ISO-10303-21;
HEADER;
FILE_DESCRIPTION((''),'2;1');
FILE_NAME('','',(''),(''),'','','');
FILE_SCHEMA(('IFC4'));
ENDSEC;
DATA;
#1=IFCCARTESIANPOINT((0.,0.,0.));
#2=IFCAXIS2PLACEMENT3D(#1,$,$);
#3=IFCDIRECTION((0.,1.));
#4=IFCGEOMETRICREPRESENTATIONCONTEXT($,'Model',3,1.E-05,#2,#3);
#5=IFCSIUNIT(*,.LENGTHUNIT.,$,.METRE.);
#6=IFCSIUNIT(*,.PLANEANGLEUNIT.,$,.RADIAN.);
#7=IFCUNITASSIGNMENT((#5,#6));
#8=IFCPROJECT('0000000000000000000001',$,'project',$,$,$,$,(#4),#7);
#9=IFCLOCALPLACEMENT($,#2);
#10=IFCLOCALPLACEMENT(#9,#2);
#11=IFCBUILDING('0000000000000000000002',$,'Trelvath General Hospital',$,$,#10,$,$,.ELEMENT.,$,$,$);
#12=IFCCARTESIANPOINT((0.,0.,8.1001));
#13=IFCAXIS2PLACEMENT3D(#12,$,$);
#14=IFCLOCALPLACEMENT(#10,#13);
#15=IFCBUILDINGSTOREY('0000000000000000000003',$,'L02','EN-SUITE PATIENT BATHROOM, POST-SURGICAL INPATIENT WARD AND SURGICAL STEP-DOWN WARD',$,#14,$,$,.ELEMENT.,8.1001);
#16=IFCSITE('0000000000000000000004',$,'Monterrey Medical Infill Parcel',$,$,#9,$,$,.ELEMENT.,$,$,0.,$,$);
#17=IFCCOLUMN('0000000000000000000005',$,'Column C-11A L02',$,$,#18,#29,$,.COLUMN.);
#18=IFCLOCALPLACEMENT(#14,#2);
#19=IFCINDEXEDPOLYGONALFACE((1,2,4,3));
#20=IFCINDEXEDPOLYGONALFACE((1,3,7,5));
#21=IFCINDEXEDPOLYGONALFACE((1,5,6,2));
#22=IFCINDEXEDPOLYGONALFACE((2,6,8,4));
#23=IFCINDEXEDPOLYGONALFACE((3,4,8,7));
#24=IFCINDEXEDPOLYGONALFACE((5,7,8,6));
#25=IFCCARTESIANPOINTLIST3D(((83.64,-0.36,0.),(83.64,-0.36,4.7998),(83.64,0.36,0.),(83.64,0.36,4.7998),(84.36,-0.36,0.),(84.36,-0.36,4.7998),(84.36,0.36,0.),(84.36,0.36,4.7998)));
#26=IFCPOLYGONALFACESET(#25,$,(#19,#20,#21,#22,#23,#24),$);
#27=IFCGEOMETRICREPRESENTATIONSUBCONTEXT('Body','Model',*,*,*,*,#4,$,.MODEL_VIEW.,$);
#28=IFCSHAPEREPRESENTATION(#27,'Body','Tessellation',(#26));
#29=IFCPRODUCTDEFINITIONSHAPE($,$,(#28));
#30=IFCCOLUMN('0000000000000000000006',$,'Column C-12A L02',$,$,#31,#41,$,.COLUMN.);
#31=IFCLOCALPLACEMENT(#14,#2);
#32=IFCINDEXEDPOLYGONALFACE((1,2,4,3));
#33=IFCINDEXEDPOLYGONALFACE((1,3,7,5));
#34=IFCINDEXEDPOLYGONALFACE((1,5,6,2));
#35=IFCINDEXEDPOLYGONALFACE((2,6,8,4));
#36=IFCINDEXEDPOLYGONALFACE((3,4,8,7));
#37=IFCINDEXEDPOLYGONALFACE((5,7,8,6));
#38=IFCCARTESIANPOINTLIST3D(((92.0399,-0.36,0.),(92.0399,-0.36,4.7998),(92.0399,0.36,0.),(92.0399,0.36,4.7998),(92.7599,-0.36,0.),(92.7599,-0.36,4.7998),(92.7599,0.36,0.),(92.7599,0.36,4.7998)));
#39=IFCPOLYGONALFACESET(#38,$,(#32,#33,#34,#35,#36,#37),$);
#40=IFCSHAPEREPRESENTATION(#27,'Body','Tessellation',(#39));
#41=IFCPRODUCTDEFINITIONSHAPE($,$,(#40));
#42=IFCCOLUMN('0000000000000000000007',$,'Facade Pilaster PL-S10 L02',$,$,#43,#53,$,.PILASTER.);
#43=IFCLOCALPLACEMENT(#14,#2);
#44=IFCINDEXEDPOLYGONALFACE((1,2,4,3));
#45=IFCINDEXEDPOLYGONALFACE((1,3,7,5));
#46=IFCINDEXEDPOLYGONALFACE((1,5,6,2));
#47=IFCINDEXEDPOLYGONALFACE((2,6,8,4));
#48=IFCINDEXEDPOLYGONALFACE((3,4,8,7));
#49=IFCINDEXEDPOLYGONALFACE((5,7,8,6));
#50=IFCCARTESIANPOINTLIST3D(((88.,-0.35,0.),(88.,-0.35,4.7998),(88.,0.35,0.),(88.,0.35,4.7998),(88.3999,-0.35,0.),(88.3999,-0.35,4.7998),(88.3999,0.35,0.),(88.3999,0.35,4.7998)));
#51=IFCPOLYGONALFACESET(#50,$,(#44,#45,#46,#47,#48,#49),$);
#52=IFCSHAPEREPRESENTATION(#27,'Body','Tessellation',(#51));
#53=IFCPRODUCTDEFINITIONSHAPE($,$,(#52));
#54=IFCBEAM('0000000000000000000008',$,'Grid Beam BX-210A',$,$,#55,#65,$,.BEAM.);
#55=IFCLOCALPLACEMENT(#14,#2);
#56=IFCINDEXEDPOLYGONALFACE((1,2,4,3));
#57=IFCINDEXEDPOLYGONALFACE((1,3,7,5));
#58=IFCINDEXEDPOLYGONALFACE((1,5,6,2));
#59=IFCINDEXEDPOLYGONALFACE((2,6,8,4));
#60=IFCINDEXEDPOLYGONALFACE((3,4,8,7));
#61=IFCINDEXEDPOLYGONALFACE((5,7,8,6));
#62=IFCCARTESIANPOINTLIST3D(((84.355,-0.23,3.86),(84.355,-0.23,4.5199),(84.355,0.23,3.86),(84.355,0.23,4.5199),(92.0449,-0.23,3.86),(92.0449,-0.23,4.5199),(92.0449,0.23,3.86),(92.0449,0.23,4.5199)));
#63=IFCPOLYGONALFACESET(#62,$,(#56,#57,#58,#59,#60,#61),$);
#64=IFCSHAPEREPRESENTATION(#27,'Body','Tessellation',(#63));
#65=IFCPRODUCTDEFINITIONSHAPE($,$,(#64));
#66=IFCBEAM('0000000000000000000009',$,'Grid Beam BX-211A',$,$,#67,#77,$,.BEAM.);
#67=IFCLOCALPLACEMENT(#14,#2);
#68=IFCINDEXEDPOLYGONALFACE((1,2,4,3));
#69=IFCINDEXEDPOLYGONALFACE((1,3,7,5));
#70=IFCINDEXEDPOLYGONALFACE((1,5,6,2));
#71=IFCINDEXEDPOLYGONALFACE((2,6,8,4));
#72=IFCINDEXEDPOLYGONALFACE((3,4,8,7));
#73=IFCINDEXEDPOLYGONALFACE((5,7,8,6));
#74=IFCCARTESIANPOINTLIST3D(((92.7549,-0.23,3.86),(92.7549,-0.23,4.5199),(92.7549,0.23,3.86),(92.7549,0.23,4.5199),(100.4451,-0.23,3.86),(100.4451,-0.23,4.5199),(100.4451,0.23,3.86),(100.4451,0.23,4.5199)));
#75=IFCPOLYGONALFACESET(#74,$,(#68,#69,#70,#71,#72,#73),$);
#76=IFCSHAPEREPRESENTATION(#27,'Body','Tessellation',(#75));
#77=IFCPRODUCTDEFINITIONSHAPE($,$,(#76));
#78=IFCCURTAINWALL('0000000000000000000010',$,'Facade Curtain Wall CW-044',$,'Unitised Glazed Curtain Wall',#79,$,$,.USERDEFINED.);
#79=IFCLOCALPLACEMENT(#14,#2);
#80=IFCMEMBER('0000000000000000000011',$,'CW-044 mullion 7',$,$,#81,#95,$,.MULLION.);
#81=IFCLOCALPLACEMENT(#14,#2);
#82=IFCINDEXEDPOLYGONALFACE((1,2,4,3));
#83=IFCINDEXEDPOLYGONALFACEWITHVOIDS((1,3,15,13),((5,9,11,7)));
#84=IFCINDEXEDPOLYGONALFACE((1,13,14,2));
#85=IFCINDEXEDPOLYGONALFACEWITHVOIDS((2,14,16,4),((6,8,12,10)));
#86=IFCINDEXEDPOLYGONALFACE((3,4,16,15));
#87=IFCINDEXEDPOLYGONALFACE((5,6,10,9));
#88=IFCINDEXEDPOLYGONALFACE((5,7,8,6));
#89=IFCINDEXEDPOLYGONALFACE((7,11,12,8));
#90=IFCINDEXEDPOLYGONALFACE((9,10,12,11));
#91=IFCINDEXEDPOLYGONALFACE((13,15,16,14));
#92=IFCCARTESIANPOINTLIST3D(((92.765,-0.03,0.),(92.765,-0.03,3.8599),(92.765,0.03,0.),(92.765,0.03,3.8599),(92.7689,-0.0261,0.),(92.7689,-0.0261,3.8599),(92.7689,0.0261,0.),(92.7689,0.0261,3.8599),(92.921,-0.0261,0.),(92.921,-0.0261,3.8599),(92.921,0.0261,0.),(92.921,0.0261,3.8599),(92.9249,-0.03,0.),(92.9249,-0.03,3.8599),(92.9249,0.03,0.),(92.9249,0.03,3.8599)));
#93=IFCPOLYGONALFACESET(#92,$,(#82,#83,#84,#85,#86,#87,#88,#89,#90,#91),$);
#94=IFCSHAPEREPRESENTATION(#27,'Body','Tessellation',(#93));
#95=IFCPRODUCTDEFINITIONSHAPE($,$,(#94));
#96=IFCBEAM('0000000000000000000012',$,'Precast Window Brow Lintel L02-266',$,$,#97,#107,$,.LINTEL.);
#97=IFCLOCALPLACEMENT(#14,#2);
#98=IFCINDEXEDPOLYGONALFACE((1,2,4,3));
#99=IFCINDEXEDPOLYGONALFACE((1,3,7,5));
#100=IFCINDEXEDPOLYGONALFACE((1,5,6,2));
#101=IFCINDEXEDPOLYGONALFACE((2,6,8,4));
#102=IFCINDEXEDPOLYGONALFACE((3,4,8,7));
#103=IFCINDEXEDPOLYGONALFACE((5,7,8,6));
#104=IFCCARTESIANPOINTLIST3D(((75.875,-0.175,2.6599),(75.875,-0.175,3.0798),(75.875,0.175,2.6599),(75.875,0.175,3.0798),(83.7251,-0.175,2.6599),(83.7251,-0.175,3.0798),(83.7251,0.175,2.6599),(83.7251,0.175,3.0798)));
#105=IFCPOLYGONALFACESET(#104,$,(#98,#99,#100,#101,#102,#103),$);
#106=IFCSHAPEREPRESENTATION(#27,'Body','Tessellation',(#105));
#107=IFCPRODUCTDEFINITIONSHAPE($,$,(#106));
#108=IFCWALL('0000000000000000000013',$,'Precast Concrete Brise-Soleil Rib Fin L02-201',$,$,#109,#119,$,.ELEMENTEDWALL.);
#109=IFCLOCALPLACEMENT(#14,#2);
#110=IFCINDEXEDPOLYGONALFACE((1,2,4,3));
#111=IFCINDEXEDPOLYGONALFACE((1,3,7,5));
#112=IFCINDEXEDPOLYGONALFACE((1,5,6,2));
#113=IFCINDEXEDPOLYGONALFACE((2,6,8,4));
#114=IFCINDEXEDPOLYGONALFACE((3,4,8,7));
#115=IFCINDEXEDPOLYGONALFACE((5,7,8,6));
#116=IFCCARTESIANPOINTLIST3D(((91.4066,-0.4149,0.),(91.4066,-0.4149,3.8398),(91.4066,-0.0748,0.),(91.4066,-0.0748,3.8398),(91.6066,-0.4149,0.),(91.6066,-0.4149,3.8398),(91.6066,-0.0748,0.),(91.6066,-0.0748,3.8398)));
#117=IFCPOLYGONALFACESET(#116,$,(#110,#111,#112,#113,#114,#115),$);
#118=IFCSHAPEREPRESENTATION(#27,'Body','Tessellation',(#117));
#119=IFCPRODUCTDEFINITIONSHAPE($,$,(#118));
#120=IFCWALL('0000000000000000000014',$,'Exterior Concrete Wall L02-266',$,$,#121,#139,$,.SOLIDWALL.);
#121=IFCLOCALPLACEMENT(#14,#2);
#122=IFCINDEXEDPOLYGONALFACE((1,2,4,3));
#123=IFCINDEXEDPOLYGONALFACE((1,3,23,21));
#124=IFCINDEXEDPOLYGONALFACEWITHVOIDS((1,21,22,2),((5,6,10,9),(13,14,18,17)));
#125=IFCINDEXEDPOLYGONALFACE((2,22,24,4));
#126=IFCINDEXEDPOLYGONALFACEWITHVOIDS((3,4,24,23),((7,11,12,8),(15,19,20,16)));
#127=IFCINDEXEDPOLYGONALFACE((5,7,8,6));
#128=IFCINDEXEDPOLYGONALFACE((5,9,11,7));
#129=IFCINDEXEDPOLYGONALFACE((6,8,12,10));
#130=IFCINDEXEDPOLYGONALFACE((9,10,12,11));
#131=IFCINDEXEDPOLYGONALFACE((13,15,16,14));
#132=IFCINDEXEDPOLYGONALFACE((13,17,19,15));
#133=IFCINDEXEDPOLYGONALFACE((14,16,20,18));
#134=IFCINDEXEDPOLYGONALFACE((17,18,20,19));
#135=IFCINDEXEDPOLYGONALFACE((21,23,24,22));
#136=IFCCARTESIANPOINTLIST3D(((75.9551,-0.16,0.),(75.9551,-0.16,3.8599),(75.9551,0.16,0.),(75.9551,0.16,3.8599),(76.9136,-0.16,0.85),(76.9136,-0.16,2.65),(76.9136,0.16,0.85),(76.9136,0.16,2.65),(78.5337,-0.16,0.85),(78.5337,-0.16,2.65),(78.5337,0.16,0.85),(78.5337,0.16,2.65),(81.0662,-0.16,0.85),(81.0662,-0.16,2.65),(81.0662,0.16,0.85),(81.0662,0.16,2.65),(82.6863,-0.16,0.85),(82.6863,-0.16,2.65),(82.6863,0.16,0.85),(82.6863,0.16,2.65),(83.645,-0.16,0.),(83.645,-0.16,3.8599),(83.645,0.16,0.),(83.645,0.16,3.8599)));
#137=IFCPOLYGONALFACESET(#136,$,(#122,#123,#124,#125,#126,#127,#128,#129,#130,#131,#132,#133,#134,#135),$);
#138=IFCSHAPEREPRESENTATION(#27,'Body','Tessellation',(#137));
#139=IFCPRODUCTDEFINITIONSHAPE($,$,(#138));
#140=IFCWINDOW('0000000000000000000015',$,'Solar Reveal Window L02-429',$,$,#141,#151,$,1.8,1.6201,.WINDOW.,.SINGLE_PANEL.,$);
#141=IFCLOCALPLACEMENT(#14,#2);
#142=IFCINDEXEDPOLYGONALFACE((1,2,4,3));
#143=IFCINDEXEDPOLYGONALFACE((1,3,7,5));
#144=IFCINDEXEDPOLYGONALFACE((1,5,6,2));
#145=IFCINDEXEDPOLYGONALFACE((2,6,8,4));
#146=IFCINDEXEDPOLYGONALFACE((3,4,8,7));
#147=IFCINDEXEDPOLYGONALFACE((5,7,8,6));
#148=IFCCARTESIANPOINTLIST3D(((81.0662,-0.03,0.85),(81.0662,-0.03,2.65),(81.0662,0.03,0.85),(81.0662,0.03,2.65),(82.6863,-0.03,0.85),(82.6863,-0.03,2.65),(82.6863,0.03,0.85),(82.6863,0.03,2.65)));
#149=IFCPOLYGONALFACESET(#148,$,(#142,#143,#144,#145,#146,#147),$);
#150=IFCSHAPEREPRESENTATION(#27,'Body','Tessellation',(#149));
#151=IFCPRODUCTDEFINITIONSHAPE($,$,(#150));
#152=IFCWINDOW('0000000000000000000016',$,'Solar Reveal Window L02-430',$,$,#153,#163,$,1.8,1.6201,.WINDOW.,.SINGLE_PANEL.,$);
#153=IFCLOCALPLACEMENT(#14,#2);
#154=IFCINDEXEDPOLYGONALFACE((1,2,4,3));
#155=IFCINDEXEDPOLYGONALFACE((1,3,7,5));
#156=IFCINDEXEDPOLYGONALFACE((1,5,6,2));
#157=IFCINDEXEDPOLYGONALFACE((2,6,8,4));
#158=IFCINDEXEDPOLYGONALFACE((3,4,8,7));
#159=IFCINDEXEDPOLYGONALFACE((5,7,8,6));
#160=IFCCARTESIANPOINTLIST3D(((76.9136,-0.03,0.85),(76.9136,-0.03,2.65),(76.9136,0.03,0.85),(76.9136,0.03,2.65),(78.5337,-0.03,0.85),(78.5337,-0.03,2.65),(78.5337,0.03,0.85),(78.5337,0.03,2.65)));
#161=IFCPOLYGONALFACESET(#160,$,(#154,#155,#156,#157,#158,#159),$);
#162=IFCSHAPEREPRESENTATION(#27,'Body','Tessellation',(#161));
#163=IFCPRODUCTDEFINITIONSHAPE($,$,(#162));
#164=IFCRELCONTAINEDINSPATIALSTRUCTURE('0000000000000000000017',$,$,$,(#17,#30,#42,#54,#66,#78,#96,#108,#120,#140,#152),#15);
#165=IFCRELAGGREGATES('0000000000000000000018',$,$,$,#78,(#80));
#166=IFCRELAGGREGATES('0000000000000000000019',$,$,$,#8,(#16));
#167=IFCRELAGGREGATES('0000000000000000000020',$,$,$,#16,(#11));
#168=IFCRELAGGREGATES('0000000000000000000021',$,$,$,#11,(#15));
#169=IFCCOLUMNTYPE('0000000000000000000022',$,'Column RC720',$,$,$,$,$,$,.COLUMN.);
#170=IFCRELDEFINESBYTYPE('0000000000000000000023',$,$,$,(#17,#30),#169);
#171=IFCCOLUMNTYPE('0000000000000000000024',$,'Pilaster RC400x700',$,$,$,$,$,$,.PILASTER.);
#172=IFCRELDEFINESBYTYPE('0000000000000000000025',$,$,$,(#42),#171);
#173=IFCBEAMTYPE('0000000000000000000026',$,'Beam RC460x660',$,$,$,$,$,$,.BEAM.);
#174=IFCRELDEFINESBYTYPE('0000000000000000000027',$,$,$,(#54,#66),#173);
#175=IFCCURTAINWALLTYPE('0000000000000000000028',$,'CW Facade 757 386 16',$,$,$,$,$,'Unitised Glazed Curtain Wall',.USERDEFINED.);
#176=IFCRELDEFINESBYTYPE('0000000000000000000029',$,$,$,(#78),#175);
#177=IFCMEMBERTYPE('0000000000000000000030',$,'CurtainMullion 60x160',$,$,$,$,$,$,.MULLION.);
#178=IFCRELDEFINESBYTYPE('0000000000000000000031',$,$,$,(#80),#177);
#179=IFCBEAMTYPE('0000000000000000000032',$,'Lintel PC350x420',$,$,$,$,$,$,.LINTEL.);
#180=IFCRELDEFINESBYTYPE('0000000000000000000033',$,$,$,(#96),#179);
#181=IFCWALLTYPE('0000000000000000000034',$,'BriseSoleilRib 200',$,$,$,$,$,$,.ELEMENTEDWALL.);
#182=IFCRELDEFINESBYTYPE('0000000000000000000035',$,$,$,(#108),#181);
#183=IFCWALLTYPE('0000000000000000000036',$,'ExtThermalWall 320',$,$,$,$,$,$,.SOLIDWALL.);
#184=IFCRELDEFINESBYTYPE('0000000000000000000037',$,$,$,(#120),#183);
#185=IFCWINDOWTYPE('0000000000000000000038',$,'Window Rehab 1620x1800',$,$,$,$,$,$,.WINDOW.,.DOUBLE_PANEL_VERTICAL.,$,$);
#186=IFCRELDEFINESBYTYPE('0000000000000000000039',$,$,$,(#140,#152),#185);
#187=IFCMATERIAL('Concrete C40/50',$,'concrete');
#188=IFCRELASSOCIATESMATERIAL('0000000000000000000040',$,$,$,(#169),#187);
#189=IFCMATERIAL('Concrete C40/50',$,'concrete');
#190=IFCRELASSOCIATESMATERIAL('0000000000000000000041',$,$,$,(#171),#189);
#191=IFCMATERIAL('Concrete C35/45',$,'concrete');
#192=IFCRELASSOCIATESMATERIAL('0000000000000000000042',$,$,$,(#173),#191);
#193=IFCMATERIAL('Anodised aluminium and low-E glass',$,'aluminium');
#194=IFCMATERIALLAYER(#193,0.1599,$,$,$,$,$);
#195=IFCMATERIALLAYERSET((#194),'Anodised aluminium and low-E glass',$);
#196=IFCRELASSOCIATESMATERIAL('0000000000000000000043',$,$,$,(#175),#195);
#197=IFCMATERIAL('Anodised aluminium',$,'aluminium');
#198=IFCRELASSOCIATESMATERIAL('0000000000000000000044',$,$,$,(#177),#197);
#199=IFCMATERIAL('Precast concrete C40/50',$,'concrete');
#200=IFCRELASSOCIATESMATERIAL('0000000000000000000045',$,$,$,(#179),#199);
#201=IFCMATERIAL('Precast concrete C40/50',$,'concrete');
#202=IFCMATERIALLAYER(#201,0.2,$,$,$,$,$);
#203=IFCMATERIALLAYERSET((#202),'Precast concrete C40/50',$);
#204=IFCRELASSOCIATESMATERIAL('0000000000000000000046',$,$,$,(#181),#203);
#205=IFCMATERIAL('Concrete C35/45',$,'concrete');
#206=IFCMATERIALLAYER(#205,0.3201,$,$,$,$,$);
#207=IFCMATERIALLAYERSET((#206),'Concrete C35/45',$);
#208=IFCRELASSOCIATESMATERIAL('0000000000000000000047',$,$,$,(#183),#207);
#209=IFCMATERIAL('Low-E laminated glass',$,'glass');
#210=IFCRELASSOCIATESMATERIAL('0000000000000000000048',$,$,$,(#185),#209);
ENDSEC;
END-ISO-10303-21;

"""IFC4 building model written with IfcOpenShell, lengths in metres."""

from ifc_helpers import new_model, si_unit, direction, frame, frame_2d, origin, origin_2d, place, context, subcontext, project, spatial, rectangle, hollow_rectangle, extrude, material, layer, layer_set, material_profile, profile_set, type_object, element, fill, aggregate, save


model = new_model("IFC4")

# Units and contexts
model_context = context("Model", 3, precision=1e-05, world=origin(), true_north=direction((0.0, 1.0)))
body_context = subcontext(model_context, "Body", "Model", "MODEL_VIEW")
ifc_project = project(units=[si_unit("LENGTHUNIT", "METRE"), si_unit("PLANEANGLEUNIT", "RADIAN")], contexts=[model_context])

# Site, building, storey
site_placement = place(None, origin())
site = spatial("IfcSite", under=ifc_project, at=site_placement, Name="Monterrey Medical Infill Parcel", CompositionType="ELEMENT", RefElevation=0.0)
building_placement = place(site_placement, origin())
building = spatial("IfcBuilding", under=site, at=building_placement, Name="Trelvath General Hospital", CompositionType="ELEMENT")
storey_placement = place(building_placement, frame((0.0, 0.0, 8.1001)))
storey = spatial("IfcBuildingStorey", under=building, at=storey_placement, Name="L02", Description="EN-SUITE PATIENT BATHROOM, POST-SURGICAL INPATIENT WARD AND SURGICAL STEP-DOWN WARD", CompositionType="ELEMENT", Elevation=8.1001)

# Columns
ifc_material_1 = material(Name="Concrete C40/50", Category="concrete")
ifc_material_profile_1 = material_profile(ifc_material_1, rectangle(XDim=0.72, YDim=0.72, at=origin_2d()), Name="RC720x720")
ifc_profile_set_1 = profile_set([ifc_material_profile_1], Name="Concrete C40/50")
column_type_1 = type_object("IfcColumnType", Name="Column RC720", PredefinedType="COLUMN", material=ifc_profile_set_1)
for number, where, z_axis, x_axis, name in (
    (1, (84.0, 0.0, 0.0), (0.0, 0.0, 1.0), (1.0, 0.0, 0.0), "Column C-11A L02"),
    (2, (92.3999, 0.0, 0.0), (0.0, 0.0, 1.0), (1.0, 0.0, 0.0), "Column C-12A L02"),
):
    element("IfcColumn", number, at=place(storey_placement, frame(where, z_axis=z_axis, x_axis=x_axis)), inside=storey, type_object=column_type_1, Name=name, PredefinedType="COLUMN", context=body_context, shape_type="SweptSolid", body=[
        extrude(rectangle(XDim=0.72, YDim=0.72, at=origin_2d()), origin(), (0.0, 0.0, 1.0), 4.7998),
    ])
ifc_material_2 = material(Name="Concrete C40/50", Category="concrete")
ifc_material_profile_2 = material_profile(ifc_material_2, rectangle(XDim=0.3999, YDim=0.7, at=origin_2d()), Name="RC400x700")
ifc_profile_set_2 = profile_set([ifc_material_profile_2], Name="Concrete C40/50")
column_type_2 = type_object("IfcColumnType", Name="Pilaster RC400x700", PredefinedType="PILASTER", material=ifc_profile_set_2)
column_placement = place(storey_placement, frame((88.2, 0.0, 0.0), z_axis=(0.0, 0.0, 1.0), x_axis=(1.0, 0.0, 0.0)))
element("IfcColumn", 3, at=column_placement, inside=storey, type_object=column_type_2, Name="Facade Pilaster PL-S10 L02", PredefinedType="PILASTER", context=body_context, shape_type="SweptSolid", body=[
    extrude(rectangle(XDim=0.3999, YDim=0.7, at=origin_2d()), origin(), (0.0, 0.0, 1.0), 4.7998),
])

# Beams
ifc_material_3 = material(Name="Concrete C35/45", Category="concrete")
ifc_material_profile_3 = material_profile(ifc_material_3, rectangle(XDim=0.46, YDim=0.6599, at=origin_2d()), Name="RCB460x660")
ifc_profile_set_3 = profile_set([ifc_material_profile_3], Name="Concrete C35/45")
beam_type_1 = type_object("IfcBeamType", Name="Beam RC460x660", PredefinedType="BEAM", material=ifc_profile_set_3)
beam_1_placement = place(storey_placement, frame((84.355, 0.0, 4.1899), z_axis=(1.0, 0.0, 0.0), x_axis=(0.0, 1.0, 0.0)))
element("IfcBeam", 4, at=beam_1_placement, inside=storey, type_object=beam_type_1, Name="Grid Beam BX-210A", PredefinedType="BEAM", context=body_context, shape_type="SweptSolid", body=[
    extrude(rectangle(XDim=0.46, YDim=0.6599, at=origin_2d()), origin(), (0.0, 0.0, 1.0), 7.6899),
])
beam_2_placement = place(storey_placement, frame((92.7549, 0.0, 4.1899), z_axis=(1.0, 0.0, 0.0), x_axis=(0.0, 1.0, 0.0)))
element("IfcBeam", 5, at=beam_2_placement, inside=storey, type_object=beam_type_1, Name="Grid Beam BX-211A", PredefinedType="BEAM", context=body_context, shape_type="SweptSolid", body=[
    extrude(rectangle(XDim=0.46, YDim=0.6599, at=origin_2d()), origin(), (0.0, 0.0, 1.0), 7.6902),
])

# Curtain wall, member
ifc_material_4 = material(Name="Anodised aluminium and low-E glass", Category="aluminium")
ifc_layer_1 = layer(ifc_material_4, 0.1599)
ifc_layer_set_1 = layer_set([ifc_layer_1], Name="Anodised aluminium and low-E glass")
curtain_wall_type = type_object("IfcCurtainWallType", Name="CW Facade 757 386 16", ElementType="Unitised Glazed Curtain Wall", PredefinedType="USERDEFINED", material=ifc_layer_set_1)
curtain_wall_placement = place(storey_placement, origin())
curtain_wall = element("IfcCurtainWall", 6, at=curtain_wall_placement, inside=storey, type_object=curtain_wall_type, Name="Facade Curtain Wall CW-044", ObjectType="Unitised Glazed Curtain Wall", PredefinedType="USERDEFINED")
ifc_material_5 = material(Name="Anodised aluminium", Category="aluminium")
ifc_material_profile_4 = material_profile(ifc_material_5, hollow_rectangle(XDim=0.0601, YDim=0.1599, WallThickness=0.0039, at=origin_2d()), Name="RHS60x160x4")
ifc_profile_set_4 = profile_set([ifc_material_profile_4], Name="Anodised aluminium")
member_type = type_object("IfcMemberType", Name="CurtainMullion 60x160", PredefinedType="MULLION", material=ifc_profile_set_4)
member_placement = place(storey_placement, frame((92.845, 0.0, 0.0), z_axis=(0.0, 0.0, 1.0), x_axis=(0.0, -1.0, 0.0)))
member = element("IfcMember", 7, at=member_placement, type_object=member_type, Name="CW-044 mullion 7", PredefinedType="MULLION", context=body_context, shape_type="SweptSolid", body=[
    extrude(hollow_rectangle(XDim=0.0601, YDim=0.1599, WallThickness=0.0039, at=origin_2d()), origin(), (0.0, 0.0, 1.0), 3.8599),
])
aggregate(curtain_wall, [member])

# Beam
ifc_material_6 = material(Name="Precast concrete C40/50", Category="concrete")
ifc_material_profile_5 = material_profile(ifc_material_6, rectangle(XDim=0.3501, YDim=0.4199, at=origin_2d()), Name="PCL350x420")
ifc_profile_set_5 = profile_set([ifc_material_profile_5], Name="Precast concrete C40/50")
beam_type_2 = type_object("IfcBeamType", Name="Lintel PC350x420", PredefinedType="LINTEL", material=ifc_profile_set_5)
beam_3_placement = place(storey_placement, frame((83.7251, 0.0, 2.8699), z_axis=(-1.0, 0.0, 0.0), x_axis=(0.0, -1.0, 0.0)))
element("IfcBeam", 8, at=beam_3_placement, inside=storey, type_object=beam_type_2, Name="Precast Window Brow Lintel L02-266", PredefinedType="LINTEL", context=body_context, shape_type="SweptSolid", body=[
    extrude(rectangle(XDim=0.3501, YDim=0.4199, at=origin_2d()), origin(), (0.0, 0.0, 1.0), 7.8501),
])

# Wall
ifc_material_7 = material(Name="Precast concrete C40/50", Category="concrete")
ifc_layer_2 = layer(ifc_material_7, 0.2)
ifc_layer_set_2 = layer_set([ifc_layer_2], Name="Precast concrete C40/50")
wall_type_1 = type_object("IfcWallType", Name="BriseSoleilRib 200", PredefinedType="ELEMENTEDWALL", material=ifc_layer_set_2)
wall_1_placement = place(storey_placement, frame((91.5066, -0.075, 0.0), z_axis=(0.0, 0.0, 1.0), x_axis=(0.0, -1.0, 0.0)))
element("IfcWall", 9, at=wall_1_placement, inside=storey, type_object=wall_type_1, Name="Precast Concrete Brise-Soleil Rib Fin L02-201", PredefinedType="ELEMENTEDWALL", context=body_context, shape_type="SweptSolid", body=[
    extrude(rectangle(XDim=0.3401, YDim=0.2, at=frame_2d((0.1699, 0.0))), origin(), (0.0, 0.0, 1.0), 3.8398),
])

# Wall, openings, windows
ifc_material_8 = material(Name="Concrete C35/45", Category="concrete")
ifc_layer_3 = layer(ifc_material_8, 0.3201)
ifc_layer_set_3 = layer_set([ifc_layer_3], Name="Concrete C35/45")
wall_type_2 = type_object("IfcWallType", Name="ExtThermalWall 320", PredefinedType="SOLIDWALL", material=ifc_layer_set_3)
wall_2_placement = place(storey_placement, frame((83.645, 0.0, 0.0), z_axis=(0.0, 0.0, 1.0), x_axis=(-1.0, 0.0, 0.0)))
wall_2 = element("IfcWall", 10, at=wall_2_placement, inside=storey, type_object=wall_type_2, Name="Exterior Concrete Wall L02-266", PredefinedType="SOLIDWALL", context=body_context, shape_type="SweptSolid", body=[
    extrude(rectangle(XDim=7.6899, YDim=0.3201, at=frame_2d((3.845, 0.0))), origin(), (0.0, 0.0, 1.0), 3.8599),
])
opening_1_placement = place(wall_2_placement, frame((0.9587, 0.0, 0.8501)))
opening_1 = element("IfcOpeningElement", 11, at=opening_1_placement, cuts=wall_2, PredefinedType="OPENING", context=body_context, shape_type="SweptSolid", body=[
    extrude(rectangle(XDim=1.6201, YDim=1.8, at=frame_2d((0.8101, 0.8999))), frame((0.0, 0.1699, 0.0), z_axis=(0.0, -1.0, 0.0), x_axis=(1.0, 0.0, 0.0)), (0.0, 0.0, 1.0), 0.3401),
])
opening_2_placement = place(wall_2_placement, frame((5.1113, 0.0, 0.8501)))
opening_2 = element("IfcOpeningElement", 12, at=opening_2_placement, cuts=wall_2, PredefinedType="OPENING", context=body_context, shape_type="SweptSolid", body=[
    extrude(rectangle(XDim=1.6201, YDim=1.8, at=frame_2d((0.8101, 0.8999))), frame((0.0, 0.1699, 0.0), z_axis=(0.0, -1.0, 0.0), x_axis=(1.0, 0.0, 0.0)), (0.0, 0.0, 1.0), 0.3401),
])
ifc_material_9 = material(Name="Low-E laminated glass", Category="glass")
window_type_1 = type_object("IfcWindowType", Name="Window Rehab 1620x1800", PartitioningType="DOUBLE_PANEL_VERTICAL", PredefinedType="WINDOW", material=ifc_material_9)
window_1_placement = place(opening_1_placement, origin())
window_1 = element("IfcWindow", 13, at=window_1_placement, inside=storey, type_object=window_type_1, Name="Solar Reveal Window L02-429", OverallHeight=1.8, OverallWidth=1.6201, PartitioningType="SINGLE_PANEL", PredefinedType="WINDOW", context=body_context, shape_type="SweptSolid", body=[
    extrude(rectangle(XDim=1.6201, YDim=1.8, at=frame_2d((0.8101, 0.8999))), frame((0.0, 0.03, 0.0), z_axis=(0.0, -1.0, 0.0), x_axis=(1.0, 0.0, 0.0)), (0.0, 0.0, 1.0), 0.0601),
])
fill(opening_1, window_1)
window_2_placement = place(opening_2_placement, origin())
window_2 = element("IfcWindow", 14, at=window_2_placement, inside=storey, type_object=window_type_1, Name="Solar Reveal Window L02-430", OverallHeight=1.8, OverallWidth=1.6201, PartitioningType="SINGLE_PANEL", PredefinedType="WINDOW", context=body_context, shape_type="SweptSolid", body=[
    extrude(rectangle(XDim=1.6201, YDim=1.8, at=frame_2d((0.8101, 0.8999))), frame((0.0, 0.03, 0.0), z_axis=(0.0, -1.0, 0.0), x_axis=(1.0, 0.0, 0.0)), (0.0, 0.0, 1.0), 0.0601),
])
fill(opening_2, window_2)

save(model, "model.ifc")
